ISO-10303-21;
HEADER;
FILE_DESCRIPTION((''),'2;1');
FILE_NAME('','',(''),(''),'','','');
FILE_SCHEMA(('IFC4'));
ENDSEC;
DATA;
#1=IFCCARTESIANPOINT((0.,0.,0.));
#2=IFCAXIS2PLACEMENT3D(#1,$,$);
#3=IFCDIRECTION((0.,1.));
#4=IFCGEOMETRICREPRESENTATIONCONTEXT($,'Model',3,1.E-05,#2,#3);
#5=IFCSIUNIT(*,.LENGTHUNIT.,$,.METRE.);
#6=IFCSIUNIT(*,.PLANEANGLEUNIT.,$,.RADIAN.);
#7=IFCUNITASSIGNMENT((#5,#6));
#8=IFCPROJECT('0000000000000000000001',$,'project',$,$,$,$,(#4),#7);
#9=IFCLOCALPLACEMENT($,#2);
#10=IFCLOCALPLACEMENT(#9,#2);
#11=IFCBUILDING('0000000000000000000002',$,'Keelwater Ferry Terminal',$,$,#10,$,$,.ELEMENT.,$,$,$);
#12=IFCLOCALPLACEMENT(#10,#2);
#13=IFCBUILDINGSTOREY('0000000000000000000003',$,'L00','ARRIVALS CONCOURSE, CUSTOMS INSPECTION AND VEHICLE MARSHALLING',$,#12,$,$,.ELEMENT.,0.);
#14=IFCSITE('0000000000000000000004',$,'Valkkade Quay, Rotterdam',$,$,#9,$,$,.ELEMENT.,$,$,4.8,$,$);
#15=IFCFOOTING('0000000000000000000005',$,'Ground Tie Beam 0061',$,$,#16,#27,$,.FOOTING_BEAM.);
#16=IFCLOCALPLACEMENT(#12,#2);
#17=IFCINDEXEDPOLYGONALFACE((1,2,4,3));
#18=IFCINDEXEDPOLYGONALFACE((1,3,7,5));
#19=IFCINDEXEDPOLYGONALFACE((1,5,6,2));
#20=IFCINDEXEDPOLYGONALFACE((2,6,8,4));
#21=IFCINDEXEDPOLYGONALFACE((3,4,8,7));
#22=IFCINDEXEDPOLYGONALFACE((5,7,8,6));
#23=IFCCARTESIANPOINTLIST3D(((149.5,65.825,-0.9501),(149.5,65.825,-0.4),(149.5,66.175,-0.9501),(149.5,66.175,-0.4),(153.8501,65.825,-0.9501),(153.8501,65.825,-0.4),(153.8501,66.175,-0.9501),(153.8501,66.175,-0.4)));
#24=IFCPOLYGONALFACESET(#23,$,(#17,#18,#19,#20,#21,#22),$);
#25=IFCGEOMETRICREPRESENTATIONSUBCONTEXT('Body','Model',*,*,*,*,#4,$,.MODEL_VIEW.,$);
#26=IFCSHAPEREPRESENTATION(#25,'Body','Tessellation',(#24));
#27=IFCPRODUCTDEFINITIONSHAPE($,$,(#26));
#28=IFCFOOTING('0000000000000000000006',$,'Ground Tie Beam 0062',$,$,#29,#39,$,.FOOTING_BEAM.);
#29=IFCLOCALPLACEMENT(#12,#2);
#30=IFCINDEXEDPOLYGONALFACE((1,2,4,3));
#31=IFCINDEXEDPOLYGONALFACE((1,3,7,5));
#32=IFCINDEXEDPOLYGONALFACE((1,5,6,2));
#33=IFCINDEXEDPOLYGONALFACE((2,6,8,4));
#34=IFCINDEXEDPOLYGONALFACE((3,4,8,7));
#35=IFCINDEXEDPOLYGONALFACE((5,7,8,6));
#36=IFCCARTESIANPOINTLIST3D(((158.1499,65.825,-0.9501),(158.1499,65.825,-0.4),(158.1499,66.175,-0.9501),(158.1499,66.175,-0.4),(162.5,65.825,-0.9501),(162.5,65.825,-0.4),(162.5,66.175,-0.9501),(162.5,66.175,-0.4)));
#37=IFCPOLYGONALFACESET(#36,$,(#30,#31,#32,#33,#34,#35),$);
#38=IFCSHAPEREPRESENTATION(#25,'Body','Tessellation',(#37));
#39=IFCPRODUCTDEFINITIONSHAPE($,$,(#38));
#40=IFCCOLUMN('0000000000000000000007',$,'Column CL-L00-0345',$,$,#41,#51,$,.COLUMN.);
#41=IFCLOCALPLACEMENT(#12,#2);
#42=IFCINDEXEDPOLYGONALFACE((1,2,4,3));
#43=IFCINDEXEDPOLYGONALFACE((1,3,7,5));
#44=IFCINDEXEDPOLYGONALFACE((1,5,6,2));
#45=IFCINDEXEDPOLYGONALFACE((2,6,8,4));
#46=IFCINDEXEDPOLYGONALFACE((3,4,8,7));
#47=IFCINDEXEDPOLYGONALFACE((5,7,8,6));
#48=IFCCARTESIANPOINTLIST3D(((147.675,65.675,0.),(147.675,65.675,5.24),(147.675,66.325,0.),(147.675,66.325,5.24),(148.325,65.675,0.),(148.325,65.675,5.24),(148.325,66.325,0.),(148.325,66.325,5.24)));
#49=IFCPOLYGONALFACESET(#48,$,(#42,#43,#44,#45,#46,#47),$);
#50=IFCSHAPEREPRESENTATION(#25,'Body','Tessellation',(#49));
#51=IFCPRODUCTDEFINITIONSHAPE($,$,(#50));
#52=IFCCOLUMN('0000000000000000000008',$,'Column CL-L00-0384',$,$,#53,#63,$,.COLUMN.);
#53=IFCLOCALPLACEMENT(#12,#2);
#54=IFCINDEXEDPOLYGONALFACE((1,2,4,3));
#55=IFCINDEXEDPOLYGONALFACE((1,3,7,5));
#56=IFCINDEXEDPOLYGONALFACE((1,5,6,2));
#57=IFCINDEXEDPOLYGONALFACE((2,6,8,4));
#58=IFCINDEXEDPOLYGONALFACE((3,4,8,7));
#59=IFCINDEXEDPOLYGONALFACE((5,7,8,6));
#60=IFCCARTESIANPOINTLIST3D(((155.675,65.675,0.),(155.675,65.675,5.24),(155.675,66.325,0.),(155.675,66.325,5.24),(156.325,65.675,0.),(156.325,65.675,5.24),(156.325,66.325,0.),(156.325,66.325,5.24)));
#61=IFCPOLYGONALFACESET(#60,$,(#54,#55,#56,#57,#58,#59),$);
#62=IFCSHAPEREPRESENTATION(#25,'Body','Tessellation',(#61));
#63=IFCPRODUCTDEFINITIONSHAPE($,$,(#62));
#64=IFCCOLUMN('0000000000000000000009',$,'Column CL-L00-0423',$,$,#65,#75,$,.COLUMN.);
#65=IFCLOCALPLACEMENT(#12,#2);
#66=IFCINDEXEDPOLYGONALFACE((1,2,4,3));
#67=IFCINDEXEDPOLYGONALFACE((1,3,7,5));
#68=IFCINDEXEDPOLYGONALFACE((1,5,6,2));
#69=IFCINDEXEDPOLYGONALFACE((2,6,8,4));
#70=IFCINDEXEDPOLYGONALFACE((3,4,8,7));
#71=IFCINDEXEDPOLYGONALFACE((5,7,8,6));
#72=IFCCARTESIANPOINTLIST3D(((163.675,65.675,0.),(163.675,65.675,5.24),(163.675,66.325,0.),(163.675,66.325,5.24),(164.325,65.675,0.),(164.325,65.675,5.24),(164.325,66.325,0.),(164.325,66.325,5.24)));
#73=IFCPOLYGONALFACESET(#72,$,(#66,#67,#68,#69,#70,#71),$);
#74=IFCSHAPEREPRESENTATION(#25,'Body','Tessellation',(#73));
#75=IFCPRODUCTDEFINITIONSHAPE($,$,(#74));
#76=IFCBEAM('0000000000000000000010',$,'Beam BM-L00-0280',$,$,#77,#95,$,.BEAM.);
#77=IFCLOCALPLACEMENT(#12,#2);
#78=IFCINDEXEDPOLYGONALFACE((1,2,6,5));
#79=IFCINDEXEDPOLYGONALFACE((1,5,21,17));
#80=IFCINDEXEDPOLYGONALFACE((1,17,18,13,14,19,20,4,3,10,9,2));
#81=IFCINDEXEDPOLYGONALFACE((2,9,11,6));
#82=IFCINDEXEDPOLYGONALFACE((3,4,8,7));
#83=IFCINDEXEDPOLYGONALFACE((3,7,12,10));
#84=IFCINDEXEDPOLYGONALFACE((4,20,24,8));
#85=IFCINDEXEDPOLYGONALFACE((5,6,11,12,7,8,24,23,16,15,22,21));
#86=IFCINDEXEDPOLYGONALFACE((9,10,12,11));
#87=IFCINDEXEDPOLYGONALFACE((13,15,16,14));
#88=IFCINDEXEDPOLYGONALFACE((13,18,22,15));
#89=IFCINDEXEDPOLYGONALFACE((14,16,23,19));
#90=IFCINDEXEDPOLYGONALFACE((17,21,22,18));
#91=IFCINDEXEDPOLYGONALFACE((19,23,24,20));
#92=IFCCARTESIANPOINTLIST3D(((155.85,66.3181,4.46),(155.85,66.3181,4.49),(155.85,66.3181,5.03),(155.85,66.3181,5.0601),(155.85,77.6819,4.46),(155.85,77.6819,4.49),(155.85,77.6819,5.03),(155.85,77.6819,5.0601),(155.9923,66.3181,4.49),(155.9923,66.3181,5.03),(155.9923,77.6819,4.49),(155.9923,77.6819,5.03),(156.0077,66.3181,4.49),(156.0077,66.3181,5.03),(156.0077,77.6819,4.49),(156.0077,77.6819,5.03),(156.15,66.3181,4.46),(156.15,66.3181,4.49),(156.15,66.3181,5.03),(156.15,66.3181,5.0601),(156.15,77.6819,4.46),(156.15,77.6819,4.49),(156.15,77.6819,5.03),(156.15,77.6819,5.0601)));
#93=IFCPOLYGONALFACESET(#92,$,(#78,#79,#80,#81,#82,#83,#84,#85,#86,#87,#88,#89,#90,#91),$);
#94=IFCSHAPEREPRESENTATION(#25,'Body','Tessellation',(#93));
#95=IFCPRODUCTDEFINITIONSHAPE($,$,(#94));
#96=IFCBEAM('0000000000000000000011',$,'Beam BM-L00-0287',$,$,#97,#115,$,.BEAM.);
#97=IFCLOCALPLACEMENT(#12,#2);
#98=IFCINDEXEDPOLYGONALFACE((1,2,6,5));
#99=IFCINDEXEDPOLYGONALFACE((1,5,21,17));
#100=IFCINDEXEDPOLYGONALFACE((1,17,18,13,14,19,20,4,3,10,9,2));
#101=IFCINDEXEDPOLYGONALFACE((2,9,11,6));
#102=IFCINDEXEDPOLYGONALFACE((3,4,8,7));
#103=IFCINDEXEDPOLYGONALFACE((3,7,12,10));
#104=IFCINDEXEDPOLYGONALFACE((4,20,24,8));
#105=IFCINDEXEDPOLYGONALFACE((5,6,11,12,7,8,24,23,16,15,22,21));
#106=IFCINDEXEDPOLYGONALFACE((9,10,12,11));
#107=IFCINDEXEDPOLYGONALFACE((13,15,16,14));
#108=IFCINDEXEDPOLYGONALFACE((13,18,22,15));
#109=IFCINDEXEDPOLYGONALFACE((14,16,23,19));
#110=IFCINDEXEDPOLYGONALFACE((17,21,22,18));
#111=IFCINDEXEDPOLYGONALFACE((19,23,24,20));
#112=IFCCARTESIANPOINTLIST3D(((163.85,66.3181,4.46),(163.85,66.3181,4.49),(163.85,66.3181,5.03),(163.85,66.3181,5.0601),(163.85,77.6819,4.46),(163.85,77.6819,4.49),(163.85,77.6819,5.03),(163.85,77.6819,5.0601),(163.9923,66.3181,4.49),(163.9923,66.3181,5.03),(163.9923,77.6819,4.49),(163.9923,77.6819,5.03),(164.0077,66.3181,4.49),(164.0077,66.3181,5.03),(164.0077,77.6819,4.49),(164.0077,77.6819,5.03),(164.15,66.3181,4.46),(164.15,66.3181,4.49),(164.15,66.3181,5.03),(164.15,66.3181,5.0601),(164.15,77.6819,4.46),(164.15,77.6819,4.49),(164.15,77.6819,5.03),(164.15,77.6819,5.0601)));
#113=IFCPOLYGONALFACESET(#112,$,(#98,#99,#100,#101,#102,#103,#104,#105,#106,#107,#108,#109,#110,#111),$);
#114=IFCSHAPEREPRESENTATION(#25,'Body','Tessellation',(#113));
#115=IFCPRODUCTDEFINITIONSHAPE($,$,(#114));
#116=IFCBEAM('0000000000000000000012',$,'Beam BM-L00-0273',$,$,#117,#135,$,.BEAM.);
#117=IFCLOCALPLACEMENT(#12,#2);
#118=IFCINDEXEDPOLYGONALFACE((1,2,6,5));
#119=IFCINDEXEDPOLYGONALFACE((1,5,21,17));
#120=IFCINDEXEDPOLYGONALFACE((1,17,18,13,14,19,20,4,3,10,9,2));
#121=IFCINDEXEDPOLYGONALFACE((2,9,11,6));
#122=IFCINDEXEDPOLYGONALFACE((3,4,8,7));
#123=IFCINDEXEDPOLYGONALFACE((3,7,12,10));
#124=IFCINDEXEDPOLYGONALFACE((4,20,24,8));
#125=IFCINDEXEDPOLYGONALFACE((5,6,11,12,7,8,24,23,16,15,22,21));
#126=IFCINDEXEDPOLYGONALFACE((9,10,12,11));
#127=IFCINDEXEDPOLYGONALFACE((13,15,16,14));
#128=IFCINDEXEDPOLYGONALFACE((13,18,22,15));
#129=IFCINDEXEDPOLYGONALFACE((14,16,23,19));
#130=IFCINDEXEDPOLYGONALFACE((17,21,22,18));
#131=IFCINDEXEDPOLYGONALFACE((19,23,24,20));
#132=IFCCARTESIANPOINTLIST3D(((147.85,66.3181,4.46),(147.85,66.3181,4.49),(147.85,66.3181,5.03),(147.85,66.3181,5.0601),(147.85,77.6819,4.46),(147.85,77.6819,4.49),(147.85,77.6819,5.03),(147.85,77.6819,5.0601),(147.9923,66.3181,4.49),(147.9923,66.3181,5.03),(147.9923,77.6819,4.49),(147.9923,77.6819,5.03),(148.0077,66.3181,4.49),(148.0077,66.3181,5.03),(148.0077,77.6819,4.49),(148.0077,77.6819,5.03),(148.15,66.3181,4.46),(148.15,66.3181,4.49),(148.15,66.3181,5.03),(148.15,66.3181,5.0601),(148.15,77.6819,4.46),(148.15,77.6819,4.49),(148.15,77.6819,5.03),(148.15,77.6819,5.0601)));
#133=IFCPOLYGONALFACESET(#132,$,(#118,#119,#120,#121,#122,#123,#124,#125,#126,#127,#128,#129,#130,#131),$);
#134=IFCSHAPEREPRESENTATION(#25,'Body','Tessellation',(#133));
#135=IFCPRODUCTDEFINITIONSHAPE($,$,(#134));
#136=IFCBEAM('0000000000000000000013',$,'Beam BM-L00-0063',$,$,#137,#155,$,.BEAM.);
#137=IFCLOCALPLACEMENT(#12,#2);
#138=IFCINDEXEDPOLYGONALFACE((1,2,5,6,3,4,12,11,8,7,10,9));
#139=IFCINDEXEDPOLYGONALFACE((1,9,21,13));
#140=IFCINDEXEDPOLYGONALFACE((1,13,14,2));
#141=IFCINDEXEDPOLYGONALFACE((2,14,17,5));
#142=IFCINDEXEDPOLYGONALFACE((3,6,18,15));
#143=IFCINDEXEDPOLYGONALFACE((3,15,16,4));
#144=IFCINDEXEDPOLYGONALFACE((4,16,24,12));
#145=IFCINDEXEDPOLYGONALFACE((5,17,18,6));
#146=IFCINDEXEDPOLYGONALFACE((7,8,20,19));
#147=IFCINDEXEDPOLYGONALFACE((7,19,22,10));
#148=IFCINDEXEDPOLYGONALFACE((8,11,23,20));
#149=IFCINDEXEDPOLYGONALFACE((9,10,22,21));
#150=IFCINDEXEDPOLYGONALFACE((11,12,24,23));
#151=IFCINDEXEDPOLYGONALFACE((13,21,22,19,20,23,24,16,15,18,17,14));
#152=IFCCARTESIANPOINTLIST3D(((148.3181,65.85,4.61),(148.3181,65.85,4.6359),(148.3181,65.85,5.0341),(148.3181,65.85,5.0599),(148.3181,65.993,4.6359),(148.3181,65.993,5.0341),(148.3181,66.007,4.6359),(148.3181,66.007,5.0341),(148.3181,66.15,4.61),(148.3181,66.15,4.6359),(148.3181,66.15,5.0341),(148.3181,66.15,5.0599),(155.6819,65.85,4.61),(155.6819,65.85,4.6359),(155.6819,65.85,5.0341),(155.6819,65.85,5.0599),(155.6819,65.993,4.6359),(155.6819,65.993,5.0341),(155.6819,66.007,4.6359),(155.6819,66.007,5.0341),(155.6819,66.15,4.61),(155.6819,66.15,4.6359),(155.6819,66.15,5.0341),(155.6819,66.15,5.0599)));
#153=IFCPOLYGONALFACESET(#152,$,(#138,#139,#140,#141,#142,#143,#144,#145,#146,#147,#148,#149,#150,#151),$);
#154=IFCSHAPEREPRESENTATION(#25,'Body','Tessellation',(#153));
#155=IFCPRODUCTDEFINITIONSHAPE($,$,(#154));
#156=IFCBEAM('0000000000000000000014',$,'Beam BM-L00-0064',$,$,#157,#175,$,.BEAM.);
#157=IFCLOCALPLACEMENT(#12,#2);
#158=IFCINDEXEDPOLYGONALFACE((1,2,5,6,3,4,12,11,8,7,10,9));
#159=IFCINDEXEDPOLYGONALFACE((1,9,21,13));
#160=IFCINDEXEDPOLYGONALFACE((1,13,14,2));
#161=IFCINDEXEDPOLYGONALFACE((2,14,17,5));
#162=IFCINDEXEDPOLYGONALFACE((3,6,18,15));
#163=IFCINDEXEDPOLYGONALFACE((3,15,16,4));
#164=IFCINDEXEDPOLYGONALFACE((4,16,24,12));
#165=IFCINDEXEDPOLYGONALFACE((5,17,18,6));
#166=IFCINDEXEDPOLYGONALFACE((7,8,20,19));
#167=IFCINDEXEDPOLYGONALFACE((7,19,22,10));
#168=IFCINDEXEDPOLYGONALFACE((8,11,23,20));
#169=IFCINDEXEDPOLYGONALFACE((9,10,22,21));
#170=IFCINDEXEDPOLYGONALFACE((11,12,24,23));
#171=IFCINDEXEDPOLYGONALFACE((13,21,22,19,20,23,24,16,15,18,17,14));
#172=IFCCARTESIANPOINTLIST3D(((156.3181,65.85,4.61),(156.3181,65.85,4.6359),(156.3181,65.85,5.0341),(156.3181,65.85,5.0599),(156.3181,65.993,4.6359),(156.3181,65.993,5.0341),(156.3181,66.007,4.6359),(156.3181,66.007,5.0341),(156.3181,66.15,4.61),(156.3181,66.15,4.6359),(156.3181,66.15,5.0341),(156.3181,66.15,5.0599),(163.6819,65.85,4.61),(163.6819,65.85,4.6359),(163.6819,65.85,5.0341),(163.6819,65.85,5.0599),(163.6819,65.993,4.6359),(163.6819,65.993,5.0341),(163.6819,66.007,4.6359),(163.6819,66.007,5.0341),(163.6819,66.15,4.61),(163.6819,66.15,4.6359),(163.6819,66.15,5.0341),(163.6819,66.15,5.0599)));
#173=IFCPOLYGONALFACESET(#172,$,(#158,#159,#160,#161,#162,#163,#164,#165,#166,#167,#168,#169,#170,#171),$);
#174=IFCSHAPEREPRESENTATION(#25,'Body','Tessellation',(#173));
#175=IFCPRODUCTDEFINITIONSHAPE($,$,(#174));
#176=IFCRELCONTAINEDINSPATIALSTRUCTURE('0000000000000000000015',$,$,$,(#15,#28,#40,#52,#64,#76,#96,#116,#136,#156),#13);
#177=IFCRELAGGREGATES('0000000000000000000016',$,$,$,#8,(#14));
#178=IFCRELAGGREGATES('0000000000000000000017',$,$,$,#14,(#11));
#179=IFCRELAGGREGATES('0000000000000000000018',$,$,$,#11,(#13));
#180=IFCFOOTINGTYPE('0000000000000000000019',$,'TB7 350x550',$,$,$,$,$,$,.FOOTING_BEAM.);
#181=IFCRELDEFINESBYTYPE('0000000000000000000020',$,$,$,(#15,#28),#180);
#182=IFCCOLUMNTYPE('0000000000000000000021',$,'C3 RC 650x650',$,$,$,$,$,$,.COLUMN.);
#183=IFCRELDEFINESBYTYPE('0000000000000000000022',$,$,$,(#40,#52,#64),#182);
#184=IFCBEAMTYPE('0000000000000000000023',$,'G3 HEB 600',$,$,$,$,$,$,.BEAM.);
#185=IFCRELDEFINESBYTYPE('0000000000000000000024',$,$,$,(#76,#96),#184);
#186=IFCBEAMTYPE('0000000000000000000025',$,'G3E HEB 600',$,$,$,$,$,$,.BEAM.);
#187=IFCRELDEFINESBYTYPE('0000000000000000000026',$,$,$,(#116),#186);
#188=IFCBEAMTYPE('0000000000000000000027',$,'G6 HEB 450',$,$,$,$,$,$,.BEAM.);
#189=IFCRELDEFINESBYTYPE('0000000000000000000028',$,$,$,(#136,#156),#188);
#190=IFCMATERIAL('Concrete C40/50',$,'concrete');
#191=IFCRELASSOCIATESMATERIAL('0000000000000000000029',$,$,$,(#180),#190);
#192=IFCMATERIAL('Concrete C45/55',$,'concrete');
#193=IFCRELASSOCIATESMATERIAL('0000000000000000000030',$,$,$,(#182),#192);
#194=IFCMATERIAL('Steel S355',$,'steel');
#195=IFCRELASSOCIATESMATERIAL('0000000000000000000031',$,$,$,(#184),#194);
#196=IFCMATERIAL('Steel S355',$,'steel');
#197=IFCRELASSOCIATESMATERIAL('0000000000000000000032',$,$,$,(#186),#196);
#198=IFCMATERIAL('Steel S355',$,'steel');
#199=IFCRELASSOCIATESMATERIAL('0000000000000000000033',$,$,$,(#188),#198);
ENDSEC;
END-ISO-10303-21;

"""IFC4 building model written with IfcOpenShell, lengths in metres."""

from ifc_helpers import new_model, si_unit, direction, frame, origin, origin_2d, place, context, subcontext, project, spatial, rectangle, i_section, extrude, material, material_profile, profile_set, type_object, element, save


model = new_model("IFC4")

# Units and contexts
model_context = context("Model", 3, precision=1e-05, world=origin(), true_north=direction((0.0, 1.0)))
body_context = subcontext(model_context, "Body", "Model", "MODEL_VIEW")
ifc_project = project(units=[si_unit("LENGTHUNIT", "METRE"), si_unit("PLANEANGLEUNIT", "RADIAN")], contexts=[model_context])

# Site, building, storey
site_placement = place(None, origin())
site = spatial("IfcSite", under=ifc_project, at=site_placement, Name="Valkkade Quay, Rotterdam", CompositionType="ELEMENT", RefElevation=4.8)
building_placement = place(site_placement, origin())
building = spatial("IfcBuilding", under=site, at=building_placement, Name="Keelwater Ferry Terminal", CompositionType="ELEMENT")
storey_placement = place(building_placement, origin())
storey = spatial("IfcBuildingStorey", under=building, at=storey_placement, Name="L00", Description="ARRIVALS CONCOURSE, CUSTOMS INSPECTION AND VEHICLE MARSHALLING", CompositionType="ELEMENT", Elevation=0.0)

# Footings
ifc_material_1 = material(Name="Concrete C40/50", Category="concrete")
ifc_material_profile_1 = material_profile(ifc_material_1, rectangle(XDim=0.3501, YDim=0.55, at=origin_2d()), Name="TB 350x550")
ifc_profile_set_1 = profile_set([ifc_material_profile_1], Name="Concrete C40/50")
footing_type_1 = type_object("IfcFootingType", Name="TB7 350x550", PredefinedType="FOOTING_BEAM", material=ifc_profile_set_1)
for number, where, z_axis, x_axis, name in (
    (1, (149.5, 66.0, -0.675), (1.0, 0.0, 0.0), (0.0, 1.0, 0.0), "Ground Tie Beam 0061"),
    (2, (158.1499, 66.0, -0.675), (1.0, 0.0, 0.0), (0.0, 1.0, 0.0), "Ground Tie Beam 0062"),
):
    element("IfcFooting", number, at=place(storey_placement, frame(where, z_axis=z_axis, x_axis=x_axis)), inside=storey, type_object=footing_type_1, Name=name, PredefinedType="FOOTING_BEAM", context=body_context, shape_type="SweptSolid", body=[
        extrude(rectangle(XDim=0.3501, YDim=0.55, at=origin_2d()), origin(), (0.0, 0.0, 1.0), 4.3501),
    ])

# Columns
ifc_material_2 = material(Name="Concrete C45/55", Category="concrete")
ifc_material_profile_2 = material_profile(ifc_material_2, rectangle(XDim=0.6499, YDim=0.6499, at=origin_2d()), Name="RC 650x650")
ifc_profile_set_2 = profile_set([ifc_material_profile_2], Name="Concrete C45/55")
column_type = type_object("IfcColumnType", Name="C3 RC 650x650", PredefinedType="COLUMN", material=ifc_profile_set_2)
for number, where, z_axis, x_axis, name in (
    (3, (148.0, 66.0, 0.0), (0.0, 0.0, 1.0), (1.0, 0.0, 0.0), "Column CL-L00-0345"),
    (4, (156.0, 66.0, 0.0), (0.0, 0.0, 1.0), (1.0, 0.0, 0.0), "Column CL-L00-0384"),
    (5, (164.0, 66.0, 0.0), (0.0, 0.0, 1.0), (1.0, 0.0, 0.0), "Column CL-L00-0423"),
):
    element("IfcColumn", number, at=place(storey_placement, frame(where, z_axis=z_axis, x_axis=x_axis)), inside=storey, type_object=column_type, Name=name, PredefinedType="COLUMN", context=body_context, shape_type="SweptSolid", body=[
        extrude(rectangle(XDim=0.6499, YDim=0.6499, at=origin_2d()), origin(), (0.0, 0.0, 1.0), 5.24),
    ])

# Beams
ifc_material_3 = material(Name="Steel S355", Category="steel")
ifc_material_profile_3 = material_profile(ifc_material_3, i_section(OverallWidth=0.3, OverallDepth=0.6001, WebThickness=0.0154, FlangeThickness=0.03, at=origin_2d()), Name="HEB 600")
ifc_profile_set_3 = profile_set([ifc_material_profile_3], Name="Steel S355")
beam_type_1 = type_object("IfcBeamType", Name="G3 HEB 600", PredefinedType="BEAM", material=ifc_profile_set_3)
for number, where, z_axis, x_axis, name in (
    (6, (156.0, 66.3181, 4.76), (0.0, 1.0, 0.0), (-1.0, 0.0, 0.0), "Beam BM-L00-0280"),
    (7, (164.0, 66.3181, 4.76), (0.0, 1.0, 0.0), (-1.0, 0.0, 0.0), "Beam BM-L00-0287"),
):
    element("IfcBeam", number, at=place(storey_placement, frame(where, z_axis=z_axis, x_axis=x_axis)), inside=storey, type_object=beam_type_1, Name=name, PredefinedType="BEAM", context=body_context, shape_type="SweptSolid", body=[
        extrude(i_section(OverallWidth=0.3, OverallDepth=0.6001, WebThickness=0.0154, FlangeThickness=0.03, at=origin_2d()), origin(), (0.0, 0.0, 1.0), 11.3638),
    ])
ifc_material_4 = material(Name="Steel S355", Category="steel")
ifc_material_profile_4 = material_profile(ifc_material_4, i_section(OverallWidth=0.3, OverallDepth=0.6001, WebThickness=0.0154, FlangeThickness=0.03, at=origin_2d()), Name="HEB 600")
ifc_profile_set_4 = profile_set([ifc_material_profile_4], Name="Steel S355")
beam_type_2 = type_object("IfcBeamType", Name="G3E HEB 600", PredefinedType="BEAM", material=ifc_profile_set_4)
beam_placement = place(storey_placement, frame((148.0, 66.3181, 4.76), z_axis=(0.0, 1.0, 0.0), x_axis=(-1.0, 0.0, 0.0)))
element("IfcBeam", 8, at=beam_placement, inside=storey, type_object=beam_type_2, Name="Beam BM-L00-0273", PredefinedType="BEAM", context=body_context, shape_type="SweptSolid", body=[
    extrude(i_section(OverallWidth=0.3, OverallDepth=0.6001, WebThickness=0.0154, FlangeThickness=0.03, at=origin_2d()), origin(), (0.0, 0.0, 1.0), 11.3638),
])
ifc_material_5 = material(Name="Steel S355", Category="steel")
ifc_material_profile_5 = material_profile(ifc_material_5, i_section(OverallWidth=0.3, OverallDepth=0.45, WebThickness=0.0139, FlangeThickness=0.0259, at=origin_2d()), Name="HEB 450")
ifc_profile_set_5 = profile_set([ifc_material_profile_5], Name="Steel S355")
beam_type_3 = type_object("IfcBeamType", Name="G6 HEB 450", PredefinedType="BEAM", material=ifc_profile_set_5)
for number, where, z_axis, x_axis, name in (
    (9, (148.3181, 66.0, 4.835), (1.0, 0.0, 0.0), (0.0, 1.0, 0.0), "Beam BM-L00-0063"),
    (10, (156.3181, 66.0, 4.835), (1.0, 0.0, 0.0), (0.0, 1.0, 0.0), "Beam BM-L00-0064"),
):
    element("IfcBeam", number, at=place(storey_placement, frame(where, z_axis=z_axis, x_axis=x_axis)), inside=storey, type_object=beam_type_3, Name=name, PredefinedType="BEAM", context=body_context, shape_type="SweptSolid", body=[
        extrude(i_section(OverallWidth=0.3, OverallDepth=0.45, WebThickness=0.0139, FlangeThickness=0.0259, at=origin_2d()), origin(), (0.0, 0.0, 1.0), 7.3638),
    ])

save(model, "model.ifc")
